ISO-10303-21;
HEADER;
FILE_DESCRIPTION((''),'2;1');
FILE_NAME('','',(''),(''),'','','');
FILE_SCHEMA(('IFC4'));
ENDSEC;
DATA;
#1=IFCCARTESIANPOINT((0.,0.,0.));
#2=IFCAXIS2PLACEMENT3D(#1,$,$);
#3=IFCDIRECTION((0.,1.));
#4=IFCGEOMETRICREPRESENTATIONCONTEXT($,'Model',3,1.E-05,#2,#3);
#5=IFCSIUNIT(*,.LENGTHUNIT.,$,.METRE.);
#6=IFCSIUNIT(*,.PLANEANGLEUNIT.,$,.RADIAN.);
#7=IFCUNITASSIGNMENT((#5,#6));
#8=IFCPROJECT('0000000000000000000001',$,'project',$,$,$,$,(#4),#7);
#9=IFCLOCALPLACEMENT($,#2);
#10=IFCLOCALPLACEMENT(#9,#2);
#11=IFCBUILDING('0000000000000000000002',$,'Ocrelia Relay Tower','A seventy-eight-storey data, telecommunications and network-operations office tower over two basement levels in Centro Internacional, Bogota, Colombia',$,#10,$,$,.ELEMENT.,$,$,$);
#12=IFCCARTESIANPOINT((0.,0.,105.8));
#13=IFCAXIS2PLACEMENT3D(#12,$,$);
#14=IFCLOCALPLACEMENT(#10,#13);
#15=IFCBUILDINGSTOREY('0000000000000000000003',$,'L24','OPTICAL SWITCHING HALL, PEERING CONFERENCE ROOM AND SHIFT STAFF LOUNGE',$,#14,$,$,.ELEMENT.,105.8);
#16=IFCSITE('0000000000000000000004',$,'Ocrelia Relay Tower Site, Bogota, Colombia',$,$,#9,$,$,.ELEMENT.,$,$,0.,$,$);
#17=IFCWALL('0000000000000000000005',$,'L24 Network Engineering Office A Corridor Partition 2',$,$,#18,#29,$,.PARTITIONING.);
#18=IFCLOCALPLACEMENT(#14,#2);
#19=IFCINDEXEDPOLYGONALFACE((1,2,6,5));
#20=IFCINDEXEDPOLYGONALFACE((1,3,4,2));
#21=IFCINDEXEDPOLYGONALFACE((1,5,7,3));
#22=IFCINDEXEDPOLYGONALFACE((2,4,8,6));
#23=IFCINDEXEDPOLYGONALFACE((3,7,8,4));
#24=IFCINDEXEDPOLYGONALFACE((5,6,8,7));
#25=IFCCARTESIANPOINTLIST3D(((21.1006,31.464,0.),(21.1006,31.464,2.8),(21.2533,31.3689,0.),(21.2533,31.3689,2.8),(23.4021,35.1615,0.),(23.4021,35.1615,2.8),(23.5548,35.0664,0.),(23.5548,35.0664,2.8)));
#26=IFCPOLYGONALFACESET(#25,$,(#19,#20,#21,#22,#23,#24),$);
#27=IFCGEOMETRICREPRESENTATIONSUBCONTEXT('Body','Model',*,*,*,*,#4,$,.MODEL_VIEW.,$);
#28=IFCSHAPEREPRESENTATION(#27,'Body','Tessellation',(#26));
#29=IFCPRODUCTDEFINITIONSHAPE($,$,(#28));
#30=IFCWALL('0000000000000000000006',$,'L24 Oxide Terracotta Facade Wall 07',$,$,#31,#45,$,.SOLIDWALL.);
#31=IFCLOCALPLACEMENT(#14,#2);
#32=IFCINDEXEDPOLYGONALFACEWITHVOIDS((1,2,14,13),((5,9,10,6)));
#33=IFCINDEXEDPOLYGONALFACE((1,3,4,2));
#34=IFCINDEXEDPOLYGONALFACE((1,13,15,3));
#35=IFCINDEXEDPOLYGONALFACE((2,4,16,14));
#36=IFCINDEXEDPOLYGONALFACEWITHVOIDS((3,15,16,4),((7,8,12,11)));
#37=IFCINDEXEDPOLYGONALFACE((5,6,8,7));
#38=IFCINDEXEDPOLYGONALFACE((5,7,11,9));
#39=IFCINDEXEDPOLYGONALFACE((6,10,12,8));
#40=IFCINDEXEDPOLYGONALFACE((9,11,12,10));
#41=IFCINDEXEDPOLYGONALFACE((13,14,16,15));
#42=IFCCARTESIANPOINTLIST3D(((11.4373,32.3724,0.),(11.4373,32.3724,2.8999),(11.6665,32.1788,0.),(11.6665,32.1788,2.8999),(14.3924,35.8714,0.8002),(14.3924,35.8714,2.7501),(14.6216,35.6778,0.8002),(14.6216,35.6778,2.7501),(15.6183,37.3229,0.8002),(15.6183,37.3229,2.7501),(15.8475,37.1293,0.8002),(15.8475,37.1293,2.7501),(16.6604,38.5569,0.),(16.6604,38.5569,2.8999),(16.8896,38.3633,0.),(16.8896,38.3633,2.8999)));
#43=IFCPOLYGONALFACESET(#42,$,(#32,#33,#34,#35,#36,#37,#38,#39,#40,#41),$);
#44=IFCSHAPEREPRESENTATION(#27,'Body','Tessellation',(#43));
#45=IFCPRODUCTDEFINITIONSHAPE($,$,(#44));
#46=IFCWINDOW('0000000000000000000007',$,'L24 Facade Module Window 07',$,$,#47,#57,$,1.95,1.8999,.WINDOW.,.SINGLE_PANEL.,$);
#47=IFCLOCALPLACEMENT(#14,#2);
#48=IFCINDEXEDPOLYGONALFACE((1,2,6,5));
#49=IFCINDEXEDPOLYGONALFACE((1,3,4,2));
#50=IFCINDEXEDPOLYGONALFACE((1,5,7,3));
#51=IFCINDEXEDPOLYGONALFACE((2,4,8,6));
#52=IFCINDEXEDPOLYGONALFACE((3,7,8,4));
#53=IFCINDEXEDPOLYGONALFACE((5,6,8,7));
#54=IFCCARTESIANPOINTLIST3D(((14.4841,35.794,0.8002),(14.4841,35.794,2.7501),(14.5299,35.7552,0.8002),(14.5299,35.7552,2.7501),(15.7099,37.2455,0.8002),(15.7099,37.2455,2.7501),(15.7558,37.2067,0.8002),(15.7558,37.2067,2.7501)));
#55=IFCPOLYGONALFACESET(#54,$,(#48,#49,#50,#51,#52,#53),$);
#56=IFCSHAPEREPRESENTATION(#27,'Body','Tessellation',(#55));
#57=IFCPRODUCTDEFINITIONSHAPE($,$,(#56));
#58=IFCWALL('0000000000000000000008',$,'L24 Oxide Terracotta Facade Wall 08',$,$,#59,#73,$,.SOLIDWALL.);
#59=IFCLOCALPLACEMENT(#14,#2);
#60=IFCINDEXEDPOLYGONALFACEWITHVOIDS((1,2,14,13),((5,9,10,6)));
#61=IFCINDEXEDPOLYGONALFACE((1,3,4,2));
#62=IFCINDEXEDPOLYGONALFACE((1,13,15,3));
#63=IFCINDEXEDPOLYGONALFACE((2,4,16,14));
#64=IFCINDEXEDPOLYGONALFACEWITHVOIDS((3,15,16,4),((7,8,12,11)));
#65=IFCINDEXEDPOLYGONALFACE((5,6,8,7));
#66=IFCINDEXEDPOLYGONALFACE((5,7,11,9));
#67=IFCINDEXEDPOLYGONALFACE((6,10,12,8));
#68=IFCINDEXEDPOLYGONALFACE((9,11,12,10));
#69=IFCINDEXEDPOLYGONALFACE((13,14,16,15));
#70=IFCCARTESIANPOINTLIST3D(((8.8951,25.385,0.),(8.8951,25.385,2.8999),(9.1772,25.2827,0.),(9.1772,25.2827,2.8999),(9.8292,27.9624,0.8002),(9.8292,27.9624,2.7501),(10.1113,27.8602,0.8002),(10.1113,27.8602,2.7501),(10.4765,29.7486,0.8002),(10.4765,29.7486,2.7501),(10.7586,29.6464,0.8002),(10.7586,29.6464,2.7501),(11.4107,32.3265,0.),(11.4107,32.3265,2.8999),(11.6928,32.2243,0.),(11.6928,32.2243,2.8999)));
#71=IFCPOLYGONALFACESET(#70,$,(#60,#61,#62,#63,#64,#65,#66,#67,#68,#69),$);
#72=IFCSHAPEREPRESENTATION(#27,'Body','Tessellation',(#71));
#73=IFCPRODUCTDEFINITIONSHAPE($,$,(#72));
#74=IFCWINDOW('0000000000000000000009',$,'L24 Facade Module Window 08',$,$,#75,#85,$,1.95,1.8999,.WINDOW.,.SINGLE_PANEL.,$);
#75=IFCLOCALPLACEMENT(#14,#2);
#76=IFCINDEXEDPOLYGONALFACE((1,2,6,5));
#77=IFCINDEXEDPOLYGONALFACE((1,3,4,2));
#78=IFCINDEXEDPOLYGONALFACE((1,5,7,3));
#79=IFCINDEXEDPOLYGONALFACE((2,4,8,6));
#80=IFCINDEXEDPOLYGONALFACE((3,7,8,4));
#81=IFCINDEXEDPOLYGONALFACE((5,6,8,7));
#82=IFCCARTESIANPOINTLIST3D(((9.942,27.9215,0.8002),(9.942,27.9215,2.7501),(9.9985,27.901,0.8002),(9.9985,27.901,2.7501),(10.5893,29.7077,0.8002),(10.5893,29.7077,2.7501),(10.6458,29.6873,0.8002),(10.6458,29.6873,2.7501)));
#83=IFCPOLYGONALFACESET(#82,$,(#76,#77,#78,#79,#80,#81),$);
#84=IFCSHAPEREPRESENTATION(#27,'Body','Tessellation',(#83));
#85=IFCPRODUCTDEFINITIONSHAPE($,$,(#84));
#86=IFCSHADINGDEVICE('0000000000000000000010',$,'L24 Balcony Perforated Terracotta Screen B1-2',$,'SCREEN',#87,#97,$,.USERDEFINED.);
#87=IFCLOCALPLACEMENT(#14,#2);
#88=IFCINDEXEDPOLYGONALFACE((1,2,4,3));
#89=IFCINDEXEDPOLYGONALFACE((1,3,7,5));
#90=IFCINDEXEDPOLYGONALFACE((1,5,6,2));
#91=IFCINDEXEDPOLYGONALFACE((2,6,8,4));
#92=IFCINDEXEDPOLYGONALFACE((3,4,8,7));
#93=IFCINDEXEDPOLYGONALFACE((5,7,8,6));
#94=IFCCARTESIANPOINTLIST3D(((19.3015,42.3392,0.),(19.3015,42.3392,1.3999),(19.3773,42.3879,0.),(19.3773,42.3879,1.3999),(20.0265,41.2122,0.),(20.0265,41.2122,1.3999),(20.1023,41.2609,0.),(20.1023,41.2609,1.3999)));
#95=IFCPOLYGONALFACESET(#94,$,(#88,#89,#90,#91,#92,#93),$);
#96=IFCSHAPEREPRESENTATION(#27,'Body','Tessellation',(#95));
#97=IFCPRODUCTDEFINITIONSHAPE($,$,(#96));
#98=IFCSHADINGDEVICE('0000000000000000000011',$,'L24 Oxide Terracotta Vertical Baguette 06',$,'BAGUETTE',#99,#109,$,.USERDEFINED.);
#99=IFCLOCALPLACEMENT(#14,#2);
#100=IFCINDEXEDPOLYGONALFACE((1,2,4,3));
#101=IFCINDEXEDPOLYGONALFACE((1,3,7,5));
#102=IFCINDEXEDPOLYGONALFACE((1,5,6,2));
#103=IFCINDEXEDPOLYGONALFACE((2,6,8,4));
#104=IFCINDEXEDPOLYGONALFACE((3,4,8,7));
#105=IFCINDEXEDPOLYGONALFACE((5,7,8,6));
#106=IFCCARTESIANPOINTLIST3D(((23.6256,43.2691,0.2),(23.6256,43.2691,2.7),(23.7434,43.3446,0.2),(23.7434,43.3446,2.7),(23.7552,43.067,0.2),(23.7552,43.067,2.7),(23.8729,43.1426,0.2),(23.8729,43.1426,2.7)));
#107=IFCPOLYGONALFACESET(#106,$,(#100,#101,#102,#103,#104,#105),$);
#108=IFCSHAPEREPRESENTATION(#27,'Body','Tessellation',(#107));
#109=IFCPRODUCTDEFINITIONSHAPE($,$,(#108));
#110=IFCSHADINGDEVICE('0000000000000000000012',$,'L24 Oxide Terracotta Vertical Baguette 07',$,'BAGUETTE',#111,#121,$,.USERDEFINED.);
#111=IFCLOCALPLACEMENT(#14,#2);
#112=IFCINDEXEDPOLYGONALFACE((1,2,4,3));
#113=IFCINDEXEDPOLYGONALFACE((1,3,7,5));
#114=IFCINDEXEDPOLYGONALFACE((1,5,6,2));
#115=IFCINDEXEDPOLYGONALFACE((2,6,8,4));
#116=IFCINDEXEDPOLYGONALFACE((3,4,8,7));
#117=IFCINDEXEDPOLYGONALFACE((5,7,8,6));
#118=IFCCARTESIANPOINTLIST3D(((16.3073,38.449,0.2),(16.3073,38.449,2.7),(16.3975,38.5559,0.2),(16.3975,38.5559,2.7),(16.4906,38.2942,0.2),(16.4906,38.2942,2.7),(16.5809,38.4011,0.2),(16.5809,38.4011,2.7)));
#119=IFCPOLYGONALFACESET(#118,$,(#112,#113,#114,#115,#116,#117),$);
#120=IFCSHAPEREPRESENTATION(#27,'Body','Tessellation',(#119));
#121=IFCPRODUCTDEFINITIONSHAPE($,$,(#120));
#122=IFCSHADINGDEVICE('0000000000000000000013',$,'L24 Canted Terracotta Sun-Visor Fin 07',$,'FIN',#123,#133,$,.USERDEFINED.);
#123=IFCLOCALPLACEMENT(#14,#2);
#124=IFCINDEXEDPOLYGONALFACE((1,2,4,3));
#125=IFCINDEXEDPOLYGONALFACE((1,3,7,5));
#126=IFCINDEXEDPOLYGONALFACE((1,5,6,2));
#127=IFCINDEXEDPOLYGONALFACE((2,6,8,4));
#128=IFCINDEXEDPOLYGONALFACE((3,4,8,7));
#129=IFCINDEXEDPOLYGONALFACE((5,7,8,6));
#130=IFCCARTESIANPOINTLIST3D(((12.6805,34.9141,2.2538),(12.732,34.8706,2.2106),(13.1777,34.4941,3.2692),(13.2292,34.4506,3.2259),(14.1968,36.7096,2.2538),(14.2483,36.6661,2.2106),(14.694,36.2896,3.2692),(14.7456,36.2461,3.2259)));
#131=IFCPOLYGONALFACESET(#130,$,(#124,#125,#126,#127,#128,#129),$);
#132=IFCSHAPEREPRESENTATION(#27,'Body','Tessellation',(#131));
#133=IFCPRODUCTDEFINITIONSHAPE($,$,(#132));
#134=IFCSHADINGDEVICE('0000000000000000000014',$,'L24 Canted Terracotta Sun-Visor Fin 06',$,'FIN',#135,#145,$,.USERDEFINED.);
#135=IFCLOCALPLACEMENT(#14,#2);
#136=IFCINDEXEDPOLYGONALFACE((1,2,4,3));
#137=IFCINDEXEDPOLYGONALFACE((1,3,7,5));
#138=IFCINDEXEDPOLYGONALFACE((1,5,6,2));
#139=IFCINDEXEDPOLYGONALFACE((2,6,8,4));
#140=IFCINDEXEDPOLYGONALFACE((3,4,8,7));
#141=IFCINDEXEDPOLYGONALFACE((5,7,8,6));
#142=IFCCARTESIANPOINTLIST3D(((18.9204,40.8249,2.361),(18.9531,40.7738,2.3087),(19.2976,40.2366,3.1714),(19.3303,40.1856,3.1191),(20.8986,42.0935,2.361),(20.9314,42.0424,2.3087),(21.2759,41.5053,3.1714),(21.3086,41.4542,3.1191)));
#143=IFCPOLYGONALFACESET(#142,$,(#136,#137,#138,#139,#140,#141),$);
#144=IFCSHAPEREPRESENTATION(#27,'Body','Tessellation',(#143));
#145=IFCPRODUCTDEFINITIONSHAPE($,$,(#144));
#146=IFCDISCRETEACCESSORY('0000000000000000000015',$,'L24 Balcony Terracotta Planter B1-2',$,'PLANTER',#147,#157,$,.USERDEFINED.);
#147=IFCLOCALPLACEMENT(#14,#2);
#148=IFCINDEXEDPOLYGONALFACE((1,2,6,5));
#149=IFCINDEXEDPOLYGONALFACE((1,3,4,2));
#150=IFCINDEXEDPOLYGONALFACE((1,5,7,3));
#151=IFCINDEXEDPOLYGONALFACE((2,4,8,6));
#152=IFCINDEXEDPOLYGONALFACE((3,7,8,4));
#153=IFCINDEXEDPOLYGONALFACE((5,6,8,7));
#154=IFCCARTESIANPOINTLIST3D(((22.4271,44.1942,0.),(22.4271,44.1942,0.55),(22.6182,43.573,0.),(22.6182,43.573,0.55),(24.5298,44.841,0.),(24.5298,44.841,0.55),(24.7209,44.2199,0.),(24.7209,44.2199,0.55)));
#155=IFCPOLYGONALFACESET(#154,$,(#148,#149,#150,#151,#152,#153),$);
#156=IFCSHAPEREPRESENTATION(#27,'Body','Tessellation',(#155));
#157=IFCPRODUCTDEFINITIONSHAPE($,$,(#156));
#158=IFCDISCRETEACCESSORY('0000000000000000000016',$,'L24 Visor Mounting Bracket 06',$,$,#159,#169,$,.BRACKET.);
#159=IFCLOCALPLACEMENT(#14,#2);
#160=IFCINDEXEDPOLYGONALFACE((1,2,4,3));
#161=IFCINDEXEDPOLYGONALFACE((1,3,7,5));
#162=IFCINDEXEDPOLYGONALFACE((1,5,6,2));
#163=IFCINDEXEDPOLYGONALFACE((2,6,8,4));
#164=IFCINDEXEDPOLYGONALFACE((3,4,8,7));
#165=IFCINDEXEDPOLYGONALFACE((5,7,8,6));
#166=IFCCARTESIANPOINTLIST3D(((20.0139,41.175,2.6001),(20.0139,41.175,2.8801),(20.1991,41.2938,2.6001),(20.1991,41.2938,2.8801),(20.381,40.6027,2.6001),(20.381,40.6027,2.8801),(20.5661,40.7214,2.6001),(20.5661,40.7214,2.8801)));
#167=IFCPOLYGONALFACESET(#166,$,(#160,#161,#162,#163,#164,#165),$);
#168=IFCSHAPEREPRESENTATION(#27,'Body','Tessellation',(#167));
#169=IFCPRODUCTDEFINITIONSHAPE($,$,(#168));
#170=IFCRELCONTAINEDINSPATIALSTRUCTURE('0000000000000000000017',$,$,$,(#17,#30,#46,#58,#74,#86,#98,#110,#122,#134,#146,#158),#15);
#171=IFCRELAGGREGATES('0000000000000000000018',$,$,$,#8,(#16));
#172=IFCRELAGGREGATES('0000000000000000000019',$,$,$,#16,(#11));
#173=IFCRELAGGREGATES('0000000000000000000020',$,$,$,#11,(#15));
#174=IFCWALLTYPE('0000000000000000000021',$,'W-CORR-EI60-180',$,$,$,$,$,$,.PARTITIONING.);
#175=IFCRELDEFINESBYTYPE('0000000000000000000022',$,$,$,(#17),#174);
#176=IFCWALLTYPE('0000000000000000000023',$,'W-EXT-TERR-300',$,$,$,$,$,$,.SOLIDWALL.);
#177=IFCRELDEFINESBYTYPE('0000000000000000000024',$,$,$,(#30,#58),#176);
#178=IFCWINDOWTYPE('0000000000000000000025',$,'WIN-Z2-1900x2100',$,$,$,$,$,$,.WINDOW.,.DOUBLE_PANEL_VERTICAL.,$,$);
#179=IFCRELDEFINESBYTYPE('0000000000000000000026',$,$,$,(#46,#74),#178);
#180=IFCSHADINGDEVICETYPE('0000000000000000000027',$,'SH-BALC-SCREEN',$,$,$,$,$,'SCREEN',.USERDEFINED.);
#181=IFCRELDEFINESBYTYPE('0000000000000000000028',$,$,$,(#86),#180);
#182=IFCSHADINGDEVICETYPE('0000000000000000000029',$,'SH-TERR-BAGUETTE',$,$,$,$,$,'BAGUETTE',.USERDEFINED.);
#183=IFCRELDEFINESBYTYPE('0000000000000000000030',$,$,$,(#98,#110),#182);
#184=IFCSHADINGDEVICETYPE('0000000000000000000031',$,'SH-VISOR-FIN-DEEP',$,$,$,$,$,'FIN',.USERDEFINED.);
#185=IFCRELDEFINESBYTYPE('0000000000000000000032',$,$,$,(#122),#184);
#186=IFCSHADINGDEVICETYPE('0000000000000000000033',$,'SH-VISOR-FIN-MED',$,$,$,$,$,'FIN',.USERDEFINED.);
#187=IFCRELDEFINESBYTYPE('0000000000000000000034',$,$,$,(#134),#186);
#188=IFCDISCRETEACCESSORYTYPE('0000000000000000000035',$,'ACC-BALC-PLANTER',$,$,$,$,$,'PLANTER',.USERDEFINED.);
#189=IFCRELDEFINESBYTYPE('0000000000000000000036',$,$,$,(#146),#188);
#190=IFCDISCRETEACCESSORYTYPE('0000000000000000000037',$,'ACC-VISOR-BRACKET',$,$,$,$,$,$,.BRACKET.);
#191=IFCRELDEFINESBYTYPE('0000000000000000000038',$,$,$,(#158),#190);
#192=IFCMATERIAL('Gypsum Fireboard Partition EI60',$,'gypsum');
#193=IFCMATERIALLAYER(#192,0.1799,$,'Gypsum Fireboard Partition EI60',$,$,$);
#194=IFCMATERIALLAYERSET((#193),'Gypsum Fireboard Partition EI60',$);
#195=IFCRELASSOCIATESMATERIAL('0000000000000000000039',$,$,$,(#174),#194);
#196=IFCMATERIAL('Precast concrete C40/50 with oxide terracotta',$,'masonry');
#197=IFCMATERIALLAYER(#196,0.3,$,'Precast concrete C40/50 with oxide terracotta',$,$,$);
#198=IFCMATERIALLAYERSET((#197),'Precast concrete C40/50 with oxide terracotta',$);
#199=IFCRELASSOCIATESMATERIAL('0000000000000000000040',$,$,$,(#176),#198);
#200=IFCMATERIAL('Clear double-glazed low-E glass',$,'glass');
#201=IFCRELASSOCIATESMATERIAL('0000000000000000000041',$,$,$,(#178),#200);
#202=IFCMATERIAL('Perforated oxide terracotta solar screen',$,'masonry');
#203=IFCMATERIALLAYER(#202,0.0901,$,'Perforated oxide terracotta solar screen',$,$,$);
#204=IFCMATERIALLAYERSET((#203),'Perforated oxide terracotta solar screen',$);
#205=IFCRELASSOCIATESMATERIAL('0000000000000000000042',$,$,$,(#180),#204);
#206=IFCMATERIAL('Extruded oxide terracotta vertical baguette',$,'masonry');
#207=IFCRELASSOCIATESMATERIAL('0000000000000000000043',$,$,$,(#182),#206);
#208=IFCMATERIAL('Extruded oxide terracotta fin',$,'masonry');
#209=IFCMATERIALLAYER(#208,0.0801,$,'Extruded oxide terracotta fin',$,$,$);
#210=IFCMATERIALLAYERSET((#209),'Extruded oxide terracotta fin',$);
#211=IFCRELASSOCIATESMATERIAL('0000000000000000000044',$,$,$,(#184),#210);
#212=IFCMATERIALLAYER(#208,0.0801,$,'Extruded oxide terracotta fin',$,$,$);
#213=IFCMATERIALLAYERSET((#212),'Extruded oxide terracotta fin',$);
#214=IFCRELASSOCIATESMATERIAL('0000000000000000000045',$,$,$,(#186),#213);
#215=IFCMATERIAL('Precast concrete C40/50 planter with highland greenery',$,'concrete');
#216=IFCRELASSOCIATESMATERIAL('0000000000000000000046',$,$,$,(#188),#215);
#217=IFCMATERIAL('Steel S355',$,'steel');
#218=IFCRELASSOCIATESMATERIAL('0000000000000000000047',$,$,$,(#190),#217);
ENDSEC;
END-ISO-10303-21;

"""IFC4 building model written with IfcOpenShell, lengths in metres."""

from ifc_helpers import new_model, si_unit, direction, frame, frame_2d, origin, origin_2d, place, context, subcontext, project, spatial, rectangle, extrude, material, layer, layer_set, type_object, element, fill, save


model = new_model("IFC4")

# Units and contexts
model_context = context("Model", 3, precision=1e-05, world=origin(), true_north=direction((0.0, 1.0)))
body_context = subcontext(model_context, "Body", "Model", "MODEL_VIEW")
ifc_project = project(units=[si_unit("LENGTHUNIT", "METRE"), si_unit("PLANEANGLEUNIT", "RADIAN")], contexts=[model_context])

# Site, building, storey
site_placement = place(None, origin())
site = spatial("IfcSite", under=ifc_project, at=site_placement, Name="Ocrelia Relay Tower Site, Bogota, Colombia", CompositionType="ELEMENT", RefElevation=0.0)
building_placement = place(site_placement, origin())
building = spatial("IfcBuilding", under=site, at=building_placement, Name="Ocrelia Relay Tower", Description="A seventy-eight-storey data, telecommunications and network-operations office tower over two basement levels in Centro Internacional, Bogota, Colombia", CompositionType="ELEMENT")
storey_placement = place(building_placement, frame((0.0, 0.0, 105.8)))
storey = spatial("IfcBuildingStorey", under=building, at=storey_placement, Name="L24", Description="OPTICAL SWITCHING HALL, PEERING CONFERENCE ROOM AND SHIFT STAFF LOUNGE", CompositionType="ELEMENT", Elevation=105.8)

# Shared definitions
ifc_material_1 = material(Name="Steel S355", Category="steel")

# Wall
ifc_material_2 = material(Name="Gypsum Fireboard Partition EI60", Category="gypsum")
ifc_layer_1 = layer(ifc_material_2, 0.1799, Name="Gypsum Fireboard Partition EI60")
ifc_layer_set_1 = layer_set([ifc_layer_1], Name="Gypsum Fireboard Partition EI60")
wall_type_1 = type_object("IfcWallType", Name="W-CORR-EI60-180", PredefinedType="PARTITIONING", material=ifc_layer_set_1)
wall_1_placement = place(storey_placement, frame((23.4785, 35.114, 0.0), z_axis=(0.0, 0.0, 1.0), x_axis=(-0.528441, -0.84897, 0.0)))
element("IfcWall", 1, at=wall_1_placement, inside=storey, type_object=wall_type_1, Name="L24 Network Engineering Office A Corridor Partition 2", PredefinedType="PARTITIONING", context=body_context, shape_type="SweptSolid", body=[
    extrude(rectangle(XDim=4.3552, YDim=0.1799, at=frame_2d((2.1777, 0.0))), origin(), (0.0, 0.0, 1.0), 2.8),
])

# Walls, openings, windows
ifc_material_3 = material(Name="Precast concrete C40/50 with oxide terracotta", Category="masonry")
ifc_layer_2 = layer(ifc_material_3, 0.3, Name="Precast concrete C40/50 with oxide terracotta")
ifc_layer_set_2 = layer_set([ifc_layer_2], Name="Precast concrete C40/50 with oxide terracotta")
wall_type_2 = type_object("IfcWallType", Name="W-EXT-TERR-300", PredefinedType="SOLIDWALL", material=ifc_layer_set_2)
wall_2_placement = place(storey_placement, frame((16.7749, 38.46, 0.0), z_axis=(0.0, 0.0, 1.0), x_axis=(-0.645225, -0.763992, 0.0)))
wall_2 = element("IfcWall", 2, at=wall_2_placement, inside=storey, type_object=wall_type_2, Name="L24 Oxide Terracotta Facade Wall 07", PredefinedType="SOLIDWALL", context=body_context, shape_type="SweptSolid", body=[
    extrude(rectangle(XDim=8.095, YDim=0.3, at=frame_2d((4.0474, 0.0))), origin(), (0.0, 0.0, 1.0), 2.8999),
])
opening_1_placement = place(wall_2_placement, frame((1.615, 0.0, 0.8)))
opening_1 = element("IfcOpeningElement", 3, at=opening_1_placement, cuts=wall_2, PredefinedType="OPENING", context=body_context, shape_type="SweptSolid", body=[
    extrude(rectangle(XDim=1.8999, YDim=1.95, at=frame_2d((0.95, 0.9751))), frame((0.0, 0.1602, 0.0), z_axis=(0.0, -1.0, 0.0), x_axis=(1.0, 0.0, 0.0)), (0.0, 0.0, 1.0), 0.3201),
])
ifc_material_4 = material(Name="Clear double-glazed low-E glass", Category="glass")
window_type = type_object("IfcWindowType", Name="WIN-Z2-1900x2100", PartitioningType="DOUBLE_PANEL_VERTICAL", PredefinedType="WINDOW", material=ifc_material_4)
window_1_placement = place(opening_1_placement, origin())
window_1 = element("IfcWindow", 4, at=window_1_placement, inside=storey, type_object=window_type, Name="L24 Facade Module Window 07", OverallHeight=1.95, OverallWidth=1.8999, PartitioningType="SINGLE_PANEL", PredefinedType="WINDOW", context=body_context, shape_type="SweptSolid", body=[
    extrude(rectangle(XDim=1.8999, YDim=1.95, at=frame_2d((0.95, 0.9751))), frame((0.0, 0.03, 0.0), z_axis=(0.0, -1.0, 0.0), x_axis=(1.0, 0.0, 0.0)), (0.0, 0.0, 1.0), 0.0601),
])
fill(opening_1, window_1)
wall_3_placement = place(storey_placement, frame((11.5518, 32.2754, 0.0), z_axis=(0.0, 0.0, 1.0), x_axis=(-0.340713, -0.940167, 0.0)))
wall_3 = element("IfcWall", 5, at=wall_3_placement, inside=storey, type_object=wall_type_2, Name="L24 Oxide Terracotta Facade Wall 08", PredefinedType="SOLIDWALL", context=body_context, shape_type="SweptSolid", body=[
    extrude(rectangle(XDim=7.3833, YDim=0.3, at=frame_2d((3.6917, 0.0))), origin(), (0.0, 0.0, 1.0), 2.8999),
])
opening_2_placement = place(wall_3_placement, frame((2.7419, 0.0, 0.8)))
opening_2 = element("IfcOpeningElement", 6, at=opening_2_placement, cuts=wall_3, PredefinedType="OPENING", context=body_context, shape_type="SweptSolid", body=[
    extrude(rectangle(XDim=1.8999, YDim=1.95, at=frame_2d((0.95, 0.9751))), frame((0.0, 0.1602, 0.0), z_axis=(0.0, -1.0, 0.0), x_axis=(1.0, 0.0, 0.0)), (0.0, 0.0, 1.0), 0.3201),
])
window_2_placement = place(opening_2_placement, origin())
window_2 = element("IfcWindow", 7, at=window_2_placement, inside=storey, type_object=window_type, Name="L24 Facade Module Window 08", OverallHeight=1.95, OverallWidth=1.8999, PartitioningType="SINGLE_PANEL", PredefinedType="WINDOW", context=body_context, shape_type="SweptSolid", body=[
    extrude(rectangle(XDim=1.8999, YDim=1.95, at=frame_2d((0.95, 0.9751))), frame((0.0, 0.03, 0.0), z_axis=(0.0, -1.0, 0.0), x_axis=(1.0, 0.0, 0.0)), (0.0, 0.0, 1.0), 0.0601),
])
fill(opening_2, window_2)

# Shading devices
ifc_material_5 = material(Name="Perforated oxide terracotta solar screen", Category="masonry")
ifc_layer_3 = layer(ifc_material_5, 0.0901, Name="Perforated oxide terracotta solar screen")
ifc_layer_set_3 = layer_set([ifc_layer_3], Name="Perforated oxide terracotta solar screen")
shading_device_type_1 = type_object("IfcShadingDeviceType", Name="SH-BALC-SCREEN", ElementType="SCREEN", PredefinedType="USERDEFINED", material=ifc_layer_set_3)
shading_device_1_placement = place(storey_placement, frame((19.7019, 41.8, 0.0), z_axis=(0.0, 0.0, 1.0), x_axis=(-0.54103, 0.841004, 0.0)))
element("IfcShadingDevice", 8, at=shading_device_1_placement, inside=storey, type_object=shading_device_type_1, Name="L24 Balcony Perforated Terracotta Screen B1-2", ObjectType="SCREEN", PredefinedType="USERDEFINED", context=body_context, shape_type="SweptSolid", body=[
    extrude(rectangle(XDim=1.3401, YDim=0.0901, at=origin_2d()), origin(), (0.0, 0.0, 1.0), 1.3999),
])
ifc_material_6 = material(Name="Extruded oxide terracotta vertical baguette", Category="masonry")
shading_device_type_2 = type_object("IfcShadingDeviceType", Name="SH-TERR-BAGUETTE", ElementType="BAGUETTE", PredefinedType="USERDEFINED", material=ifc_material_6)
for number, where, z_axis, x_axis, name in (
    (9, (23.7493, 43.2058, 0.2), (0.0, 0.0, 1.0), (-0.841781, -0.539818, 0.0), "L24 Oxide Terracotta Vertical Baguette 06"),
    (10, (16.4441, 38.425, 0.2), (0.0, 0.0, 1.0), (-0.645214, -0.764002, 0.0), "L24 Oxide Terracotta Vertical Baguette 07"),
):
    element("IfcShadingDevice", number, at=place(storey_placement, frame(where, z_axis=z_axis, x_axis=x_axis)), inside=storey, type_object=shading_device_type_2, Name=name, ObjectType="BAGUETTE", PredefinedType="USERDEFINED", context=body_context, shape_type="SweptSolid", body=[
        extrude(rectangle(XDim=0.1399, YDim=0.24, at=origin_2d()), origin(), (0.0, 0.0, 1.0), 2.5),
    ])
ifc_material_7 = material(Name="Extruded oxide terracotta fin", Category="masonry")
ifc_layer_4 = layer(ifc_material_7, 0.0801, Name="Extruded oxide terracotta fin")
ifc_layer_set_4 = layer_set([ifc_layer_4], Name="Extruded oxide terracotta fin")
shading_device_type_3 = type_object("IfcShadingDeviceType", Name="SH-VISOR-FIN-DEEP", ElementType="FIN", PredefinedType="USERDEFINED", material=ifc_layer_set_4)
shading_device_2_placement = place(storey_placement, frame((13.7388, 35.5583, 2.7183), z_axis=(-0.643204, 0.543198, 0.539653), x_axis=(-0.645214, -0.764002, 0.0)))
element("IfcShadingDevice", 11, at=shading_device_2_placement, inside=storey, type_object=shading_device_type_3, Name="L24 Canted Terracotta Sun-Visor Fin 07", ObjectType="FIN", PredefinedType="USERDEFINED", context=body_context, shape_type="SweptSolid", body=[
    extrude(rectangle(XDim=2.3501, YDim=1.2061, at=origin_2d()), origin(), (0.0, 0.0, 1.0), 0.0801),
])
ifc_layer_5 = layer(ifc_material_7, 0.0801, Name="Extruded oxide terracotta fin")
ifc_layer_set_5 = layer_set([ifc_layer_5], Name="Extruded oxide terracotta fin")
shading_device_type_4 = type_object("IfcShadingDeviceType", Name="SH-VISOR-FIN-MED", ElementType="FIN", PredefinedType="USERDEFINED", material=ifc_layer_set_5)
shading_device_3_placement = place(storey_placement, frame((20.1309, 41.114, 2.7139), z_axis=(-0.408825, 0.637512, 0.653024), x_axis=(-0.841781, -0.539818, 0.0)))
element("IfcShadingDevice", 12, at=shading_device_3_placement, inside=storey, type_object=shading_device_type_4, Name="L24 Canted Terracotta Sun-Visor Fin 06", ObjectType="FIN", PredefinedType="USERDEFINED", context=body_context, shape_type="SweptSolid", body=[
    extrude(rectangle(XDim=2.3501, YDim=1.0701, at=origin_2d()), origin(), (0.0, 0.0, 1.0), 0.0801),
])

# Discrete accessories
ifc_material_8 = material(Name="Precast concrete C40/50 planter with highland greenery", Category="concrete")
discrete_accessory_type_1 = type_object("IfcDiscreteAccessoryType", Name="ACC-BALC-PLANTER", ElementType="PLANTER", PredefinedType="USERDEFINED", material=ifc_material_8)
discrete_accessory_placement = place(storey_placement, frame((23.574, 44.207, 0.0), z_axis=(0.0, 0.0, 1.0), x_axis=(0.955795, 0.294035, 0.0)))
element("IfcDiscreteAccessory", 13, at=discrete_accessory_placement, inside=storey, type_object=discrete_accessory_type_1, Name="L24 Balcony Terracotta Planter B1-2", ObjectType="PLANTER", PredefinedType="USERDEFINED", context=body_context, shape_type="SweptSolid", body=[
    extrude(rectangle(XDim=2.2, YDim=0.6499, at=origin_2d()), origin(), (0.0, 0.0, 1.0), 0.55),
])
discrete_accessory_type_2 = type_object("IfcDiscreteAccessoryType", Name="ACC-VISOR-BRACKET", PredefinedType="BRACKET", material=ifc_material_1)
for number, where, z_axis, x_axis, name in (
    (14, (20.29, 40.9482, 2.6001), (0.0, 0.0, 1.0), (-0.841781, -0.539818, 0.0), "L24 Visor Mounting Bracket 06"),
):
    element("IfcDiscreteAccessory", number, at=place(storey_placement, frame(where, z_axis=z_axis, x_axis=x_axis)), inside=storey, type_object=discrete_accessory_type_2, Name=name, PredefinedType="BRACKET", context=body_context, shape_type="SweptSolid", body=[
        extrude(rectangle(XDim=0.22, YDim=0.6799, at=origin_2d()), origin(), (0.0, 0.0, 1.0), 0.28),
    ])

save(model, "model.ifc")
